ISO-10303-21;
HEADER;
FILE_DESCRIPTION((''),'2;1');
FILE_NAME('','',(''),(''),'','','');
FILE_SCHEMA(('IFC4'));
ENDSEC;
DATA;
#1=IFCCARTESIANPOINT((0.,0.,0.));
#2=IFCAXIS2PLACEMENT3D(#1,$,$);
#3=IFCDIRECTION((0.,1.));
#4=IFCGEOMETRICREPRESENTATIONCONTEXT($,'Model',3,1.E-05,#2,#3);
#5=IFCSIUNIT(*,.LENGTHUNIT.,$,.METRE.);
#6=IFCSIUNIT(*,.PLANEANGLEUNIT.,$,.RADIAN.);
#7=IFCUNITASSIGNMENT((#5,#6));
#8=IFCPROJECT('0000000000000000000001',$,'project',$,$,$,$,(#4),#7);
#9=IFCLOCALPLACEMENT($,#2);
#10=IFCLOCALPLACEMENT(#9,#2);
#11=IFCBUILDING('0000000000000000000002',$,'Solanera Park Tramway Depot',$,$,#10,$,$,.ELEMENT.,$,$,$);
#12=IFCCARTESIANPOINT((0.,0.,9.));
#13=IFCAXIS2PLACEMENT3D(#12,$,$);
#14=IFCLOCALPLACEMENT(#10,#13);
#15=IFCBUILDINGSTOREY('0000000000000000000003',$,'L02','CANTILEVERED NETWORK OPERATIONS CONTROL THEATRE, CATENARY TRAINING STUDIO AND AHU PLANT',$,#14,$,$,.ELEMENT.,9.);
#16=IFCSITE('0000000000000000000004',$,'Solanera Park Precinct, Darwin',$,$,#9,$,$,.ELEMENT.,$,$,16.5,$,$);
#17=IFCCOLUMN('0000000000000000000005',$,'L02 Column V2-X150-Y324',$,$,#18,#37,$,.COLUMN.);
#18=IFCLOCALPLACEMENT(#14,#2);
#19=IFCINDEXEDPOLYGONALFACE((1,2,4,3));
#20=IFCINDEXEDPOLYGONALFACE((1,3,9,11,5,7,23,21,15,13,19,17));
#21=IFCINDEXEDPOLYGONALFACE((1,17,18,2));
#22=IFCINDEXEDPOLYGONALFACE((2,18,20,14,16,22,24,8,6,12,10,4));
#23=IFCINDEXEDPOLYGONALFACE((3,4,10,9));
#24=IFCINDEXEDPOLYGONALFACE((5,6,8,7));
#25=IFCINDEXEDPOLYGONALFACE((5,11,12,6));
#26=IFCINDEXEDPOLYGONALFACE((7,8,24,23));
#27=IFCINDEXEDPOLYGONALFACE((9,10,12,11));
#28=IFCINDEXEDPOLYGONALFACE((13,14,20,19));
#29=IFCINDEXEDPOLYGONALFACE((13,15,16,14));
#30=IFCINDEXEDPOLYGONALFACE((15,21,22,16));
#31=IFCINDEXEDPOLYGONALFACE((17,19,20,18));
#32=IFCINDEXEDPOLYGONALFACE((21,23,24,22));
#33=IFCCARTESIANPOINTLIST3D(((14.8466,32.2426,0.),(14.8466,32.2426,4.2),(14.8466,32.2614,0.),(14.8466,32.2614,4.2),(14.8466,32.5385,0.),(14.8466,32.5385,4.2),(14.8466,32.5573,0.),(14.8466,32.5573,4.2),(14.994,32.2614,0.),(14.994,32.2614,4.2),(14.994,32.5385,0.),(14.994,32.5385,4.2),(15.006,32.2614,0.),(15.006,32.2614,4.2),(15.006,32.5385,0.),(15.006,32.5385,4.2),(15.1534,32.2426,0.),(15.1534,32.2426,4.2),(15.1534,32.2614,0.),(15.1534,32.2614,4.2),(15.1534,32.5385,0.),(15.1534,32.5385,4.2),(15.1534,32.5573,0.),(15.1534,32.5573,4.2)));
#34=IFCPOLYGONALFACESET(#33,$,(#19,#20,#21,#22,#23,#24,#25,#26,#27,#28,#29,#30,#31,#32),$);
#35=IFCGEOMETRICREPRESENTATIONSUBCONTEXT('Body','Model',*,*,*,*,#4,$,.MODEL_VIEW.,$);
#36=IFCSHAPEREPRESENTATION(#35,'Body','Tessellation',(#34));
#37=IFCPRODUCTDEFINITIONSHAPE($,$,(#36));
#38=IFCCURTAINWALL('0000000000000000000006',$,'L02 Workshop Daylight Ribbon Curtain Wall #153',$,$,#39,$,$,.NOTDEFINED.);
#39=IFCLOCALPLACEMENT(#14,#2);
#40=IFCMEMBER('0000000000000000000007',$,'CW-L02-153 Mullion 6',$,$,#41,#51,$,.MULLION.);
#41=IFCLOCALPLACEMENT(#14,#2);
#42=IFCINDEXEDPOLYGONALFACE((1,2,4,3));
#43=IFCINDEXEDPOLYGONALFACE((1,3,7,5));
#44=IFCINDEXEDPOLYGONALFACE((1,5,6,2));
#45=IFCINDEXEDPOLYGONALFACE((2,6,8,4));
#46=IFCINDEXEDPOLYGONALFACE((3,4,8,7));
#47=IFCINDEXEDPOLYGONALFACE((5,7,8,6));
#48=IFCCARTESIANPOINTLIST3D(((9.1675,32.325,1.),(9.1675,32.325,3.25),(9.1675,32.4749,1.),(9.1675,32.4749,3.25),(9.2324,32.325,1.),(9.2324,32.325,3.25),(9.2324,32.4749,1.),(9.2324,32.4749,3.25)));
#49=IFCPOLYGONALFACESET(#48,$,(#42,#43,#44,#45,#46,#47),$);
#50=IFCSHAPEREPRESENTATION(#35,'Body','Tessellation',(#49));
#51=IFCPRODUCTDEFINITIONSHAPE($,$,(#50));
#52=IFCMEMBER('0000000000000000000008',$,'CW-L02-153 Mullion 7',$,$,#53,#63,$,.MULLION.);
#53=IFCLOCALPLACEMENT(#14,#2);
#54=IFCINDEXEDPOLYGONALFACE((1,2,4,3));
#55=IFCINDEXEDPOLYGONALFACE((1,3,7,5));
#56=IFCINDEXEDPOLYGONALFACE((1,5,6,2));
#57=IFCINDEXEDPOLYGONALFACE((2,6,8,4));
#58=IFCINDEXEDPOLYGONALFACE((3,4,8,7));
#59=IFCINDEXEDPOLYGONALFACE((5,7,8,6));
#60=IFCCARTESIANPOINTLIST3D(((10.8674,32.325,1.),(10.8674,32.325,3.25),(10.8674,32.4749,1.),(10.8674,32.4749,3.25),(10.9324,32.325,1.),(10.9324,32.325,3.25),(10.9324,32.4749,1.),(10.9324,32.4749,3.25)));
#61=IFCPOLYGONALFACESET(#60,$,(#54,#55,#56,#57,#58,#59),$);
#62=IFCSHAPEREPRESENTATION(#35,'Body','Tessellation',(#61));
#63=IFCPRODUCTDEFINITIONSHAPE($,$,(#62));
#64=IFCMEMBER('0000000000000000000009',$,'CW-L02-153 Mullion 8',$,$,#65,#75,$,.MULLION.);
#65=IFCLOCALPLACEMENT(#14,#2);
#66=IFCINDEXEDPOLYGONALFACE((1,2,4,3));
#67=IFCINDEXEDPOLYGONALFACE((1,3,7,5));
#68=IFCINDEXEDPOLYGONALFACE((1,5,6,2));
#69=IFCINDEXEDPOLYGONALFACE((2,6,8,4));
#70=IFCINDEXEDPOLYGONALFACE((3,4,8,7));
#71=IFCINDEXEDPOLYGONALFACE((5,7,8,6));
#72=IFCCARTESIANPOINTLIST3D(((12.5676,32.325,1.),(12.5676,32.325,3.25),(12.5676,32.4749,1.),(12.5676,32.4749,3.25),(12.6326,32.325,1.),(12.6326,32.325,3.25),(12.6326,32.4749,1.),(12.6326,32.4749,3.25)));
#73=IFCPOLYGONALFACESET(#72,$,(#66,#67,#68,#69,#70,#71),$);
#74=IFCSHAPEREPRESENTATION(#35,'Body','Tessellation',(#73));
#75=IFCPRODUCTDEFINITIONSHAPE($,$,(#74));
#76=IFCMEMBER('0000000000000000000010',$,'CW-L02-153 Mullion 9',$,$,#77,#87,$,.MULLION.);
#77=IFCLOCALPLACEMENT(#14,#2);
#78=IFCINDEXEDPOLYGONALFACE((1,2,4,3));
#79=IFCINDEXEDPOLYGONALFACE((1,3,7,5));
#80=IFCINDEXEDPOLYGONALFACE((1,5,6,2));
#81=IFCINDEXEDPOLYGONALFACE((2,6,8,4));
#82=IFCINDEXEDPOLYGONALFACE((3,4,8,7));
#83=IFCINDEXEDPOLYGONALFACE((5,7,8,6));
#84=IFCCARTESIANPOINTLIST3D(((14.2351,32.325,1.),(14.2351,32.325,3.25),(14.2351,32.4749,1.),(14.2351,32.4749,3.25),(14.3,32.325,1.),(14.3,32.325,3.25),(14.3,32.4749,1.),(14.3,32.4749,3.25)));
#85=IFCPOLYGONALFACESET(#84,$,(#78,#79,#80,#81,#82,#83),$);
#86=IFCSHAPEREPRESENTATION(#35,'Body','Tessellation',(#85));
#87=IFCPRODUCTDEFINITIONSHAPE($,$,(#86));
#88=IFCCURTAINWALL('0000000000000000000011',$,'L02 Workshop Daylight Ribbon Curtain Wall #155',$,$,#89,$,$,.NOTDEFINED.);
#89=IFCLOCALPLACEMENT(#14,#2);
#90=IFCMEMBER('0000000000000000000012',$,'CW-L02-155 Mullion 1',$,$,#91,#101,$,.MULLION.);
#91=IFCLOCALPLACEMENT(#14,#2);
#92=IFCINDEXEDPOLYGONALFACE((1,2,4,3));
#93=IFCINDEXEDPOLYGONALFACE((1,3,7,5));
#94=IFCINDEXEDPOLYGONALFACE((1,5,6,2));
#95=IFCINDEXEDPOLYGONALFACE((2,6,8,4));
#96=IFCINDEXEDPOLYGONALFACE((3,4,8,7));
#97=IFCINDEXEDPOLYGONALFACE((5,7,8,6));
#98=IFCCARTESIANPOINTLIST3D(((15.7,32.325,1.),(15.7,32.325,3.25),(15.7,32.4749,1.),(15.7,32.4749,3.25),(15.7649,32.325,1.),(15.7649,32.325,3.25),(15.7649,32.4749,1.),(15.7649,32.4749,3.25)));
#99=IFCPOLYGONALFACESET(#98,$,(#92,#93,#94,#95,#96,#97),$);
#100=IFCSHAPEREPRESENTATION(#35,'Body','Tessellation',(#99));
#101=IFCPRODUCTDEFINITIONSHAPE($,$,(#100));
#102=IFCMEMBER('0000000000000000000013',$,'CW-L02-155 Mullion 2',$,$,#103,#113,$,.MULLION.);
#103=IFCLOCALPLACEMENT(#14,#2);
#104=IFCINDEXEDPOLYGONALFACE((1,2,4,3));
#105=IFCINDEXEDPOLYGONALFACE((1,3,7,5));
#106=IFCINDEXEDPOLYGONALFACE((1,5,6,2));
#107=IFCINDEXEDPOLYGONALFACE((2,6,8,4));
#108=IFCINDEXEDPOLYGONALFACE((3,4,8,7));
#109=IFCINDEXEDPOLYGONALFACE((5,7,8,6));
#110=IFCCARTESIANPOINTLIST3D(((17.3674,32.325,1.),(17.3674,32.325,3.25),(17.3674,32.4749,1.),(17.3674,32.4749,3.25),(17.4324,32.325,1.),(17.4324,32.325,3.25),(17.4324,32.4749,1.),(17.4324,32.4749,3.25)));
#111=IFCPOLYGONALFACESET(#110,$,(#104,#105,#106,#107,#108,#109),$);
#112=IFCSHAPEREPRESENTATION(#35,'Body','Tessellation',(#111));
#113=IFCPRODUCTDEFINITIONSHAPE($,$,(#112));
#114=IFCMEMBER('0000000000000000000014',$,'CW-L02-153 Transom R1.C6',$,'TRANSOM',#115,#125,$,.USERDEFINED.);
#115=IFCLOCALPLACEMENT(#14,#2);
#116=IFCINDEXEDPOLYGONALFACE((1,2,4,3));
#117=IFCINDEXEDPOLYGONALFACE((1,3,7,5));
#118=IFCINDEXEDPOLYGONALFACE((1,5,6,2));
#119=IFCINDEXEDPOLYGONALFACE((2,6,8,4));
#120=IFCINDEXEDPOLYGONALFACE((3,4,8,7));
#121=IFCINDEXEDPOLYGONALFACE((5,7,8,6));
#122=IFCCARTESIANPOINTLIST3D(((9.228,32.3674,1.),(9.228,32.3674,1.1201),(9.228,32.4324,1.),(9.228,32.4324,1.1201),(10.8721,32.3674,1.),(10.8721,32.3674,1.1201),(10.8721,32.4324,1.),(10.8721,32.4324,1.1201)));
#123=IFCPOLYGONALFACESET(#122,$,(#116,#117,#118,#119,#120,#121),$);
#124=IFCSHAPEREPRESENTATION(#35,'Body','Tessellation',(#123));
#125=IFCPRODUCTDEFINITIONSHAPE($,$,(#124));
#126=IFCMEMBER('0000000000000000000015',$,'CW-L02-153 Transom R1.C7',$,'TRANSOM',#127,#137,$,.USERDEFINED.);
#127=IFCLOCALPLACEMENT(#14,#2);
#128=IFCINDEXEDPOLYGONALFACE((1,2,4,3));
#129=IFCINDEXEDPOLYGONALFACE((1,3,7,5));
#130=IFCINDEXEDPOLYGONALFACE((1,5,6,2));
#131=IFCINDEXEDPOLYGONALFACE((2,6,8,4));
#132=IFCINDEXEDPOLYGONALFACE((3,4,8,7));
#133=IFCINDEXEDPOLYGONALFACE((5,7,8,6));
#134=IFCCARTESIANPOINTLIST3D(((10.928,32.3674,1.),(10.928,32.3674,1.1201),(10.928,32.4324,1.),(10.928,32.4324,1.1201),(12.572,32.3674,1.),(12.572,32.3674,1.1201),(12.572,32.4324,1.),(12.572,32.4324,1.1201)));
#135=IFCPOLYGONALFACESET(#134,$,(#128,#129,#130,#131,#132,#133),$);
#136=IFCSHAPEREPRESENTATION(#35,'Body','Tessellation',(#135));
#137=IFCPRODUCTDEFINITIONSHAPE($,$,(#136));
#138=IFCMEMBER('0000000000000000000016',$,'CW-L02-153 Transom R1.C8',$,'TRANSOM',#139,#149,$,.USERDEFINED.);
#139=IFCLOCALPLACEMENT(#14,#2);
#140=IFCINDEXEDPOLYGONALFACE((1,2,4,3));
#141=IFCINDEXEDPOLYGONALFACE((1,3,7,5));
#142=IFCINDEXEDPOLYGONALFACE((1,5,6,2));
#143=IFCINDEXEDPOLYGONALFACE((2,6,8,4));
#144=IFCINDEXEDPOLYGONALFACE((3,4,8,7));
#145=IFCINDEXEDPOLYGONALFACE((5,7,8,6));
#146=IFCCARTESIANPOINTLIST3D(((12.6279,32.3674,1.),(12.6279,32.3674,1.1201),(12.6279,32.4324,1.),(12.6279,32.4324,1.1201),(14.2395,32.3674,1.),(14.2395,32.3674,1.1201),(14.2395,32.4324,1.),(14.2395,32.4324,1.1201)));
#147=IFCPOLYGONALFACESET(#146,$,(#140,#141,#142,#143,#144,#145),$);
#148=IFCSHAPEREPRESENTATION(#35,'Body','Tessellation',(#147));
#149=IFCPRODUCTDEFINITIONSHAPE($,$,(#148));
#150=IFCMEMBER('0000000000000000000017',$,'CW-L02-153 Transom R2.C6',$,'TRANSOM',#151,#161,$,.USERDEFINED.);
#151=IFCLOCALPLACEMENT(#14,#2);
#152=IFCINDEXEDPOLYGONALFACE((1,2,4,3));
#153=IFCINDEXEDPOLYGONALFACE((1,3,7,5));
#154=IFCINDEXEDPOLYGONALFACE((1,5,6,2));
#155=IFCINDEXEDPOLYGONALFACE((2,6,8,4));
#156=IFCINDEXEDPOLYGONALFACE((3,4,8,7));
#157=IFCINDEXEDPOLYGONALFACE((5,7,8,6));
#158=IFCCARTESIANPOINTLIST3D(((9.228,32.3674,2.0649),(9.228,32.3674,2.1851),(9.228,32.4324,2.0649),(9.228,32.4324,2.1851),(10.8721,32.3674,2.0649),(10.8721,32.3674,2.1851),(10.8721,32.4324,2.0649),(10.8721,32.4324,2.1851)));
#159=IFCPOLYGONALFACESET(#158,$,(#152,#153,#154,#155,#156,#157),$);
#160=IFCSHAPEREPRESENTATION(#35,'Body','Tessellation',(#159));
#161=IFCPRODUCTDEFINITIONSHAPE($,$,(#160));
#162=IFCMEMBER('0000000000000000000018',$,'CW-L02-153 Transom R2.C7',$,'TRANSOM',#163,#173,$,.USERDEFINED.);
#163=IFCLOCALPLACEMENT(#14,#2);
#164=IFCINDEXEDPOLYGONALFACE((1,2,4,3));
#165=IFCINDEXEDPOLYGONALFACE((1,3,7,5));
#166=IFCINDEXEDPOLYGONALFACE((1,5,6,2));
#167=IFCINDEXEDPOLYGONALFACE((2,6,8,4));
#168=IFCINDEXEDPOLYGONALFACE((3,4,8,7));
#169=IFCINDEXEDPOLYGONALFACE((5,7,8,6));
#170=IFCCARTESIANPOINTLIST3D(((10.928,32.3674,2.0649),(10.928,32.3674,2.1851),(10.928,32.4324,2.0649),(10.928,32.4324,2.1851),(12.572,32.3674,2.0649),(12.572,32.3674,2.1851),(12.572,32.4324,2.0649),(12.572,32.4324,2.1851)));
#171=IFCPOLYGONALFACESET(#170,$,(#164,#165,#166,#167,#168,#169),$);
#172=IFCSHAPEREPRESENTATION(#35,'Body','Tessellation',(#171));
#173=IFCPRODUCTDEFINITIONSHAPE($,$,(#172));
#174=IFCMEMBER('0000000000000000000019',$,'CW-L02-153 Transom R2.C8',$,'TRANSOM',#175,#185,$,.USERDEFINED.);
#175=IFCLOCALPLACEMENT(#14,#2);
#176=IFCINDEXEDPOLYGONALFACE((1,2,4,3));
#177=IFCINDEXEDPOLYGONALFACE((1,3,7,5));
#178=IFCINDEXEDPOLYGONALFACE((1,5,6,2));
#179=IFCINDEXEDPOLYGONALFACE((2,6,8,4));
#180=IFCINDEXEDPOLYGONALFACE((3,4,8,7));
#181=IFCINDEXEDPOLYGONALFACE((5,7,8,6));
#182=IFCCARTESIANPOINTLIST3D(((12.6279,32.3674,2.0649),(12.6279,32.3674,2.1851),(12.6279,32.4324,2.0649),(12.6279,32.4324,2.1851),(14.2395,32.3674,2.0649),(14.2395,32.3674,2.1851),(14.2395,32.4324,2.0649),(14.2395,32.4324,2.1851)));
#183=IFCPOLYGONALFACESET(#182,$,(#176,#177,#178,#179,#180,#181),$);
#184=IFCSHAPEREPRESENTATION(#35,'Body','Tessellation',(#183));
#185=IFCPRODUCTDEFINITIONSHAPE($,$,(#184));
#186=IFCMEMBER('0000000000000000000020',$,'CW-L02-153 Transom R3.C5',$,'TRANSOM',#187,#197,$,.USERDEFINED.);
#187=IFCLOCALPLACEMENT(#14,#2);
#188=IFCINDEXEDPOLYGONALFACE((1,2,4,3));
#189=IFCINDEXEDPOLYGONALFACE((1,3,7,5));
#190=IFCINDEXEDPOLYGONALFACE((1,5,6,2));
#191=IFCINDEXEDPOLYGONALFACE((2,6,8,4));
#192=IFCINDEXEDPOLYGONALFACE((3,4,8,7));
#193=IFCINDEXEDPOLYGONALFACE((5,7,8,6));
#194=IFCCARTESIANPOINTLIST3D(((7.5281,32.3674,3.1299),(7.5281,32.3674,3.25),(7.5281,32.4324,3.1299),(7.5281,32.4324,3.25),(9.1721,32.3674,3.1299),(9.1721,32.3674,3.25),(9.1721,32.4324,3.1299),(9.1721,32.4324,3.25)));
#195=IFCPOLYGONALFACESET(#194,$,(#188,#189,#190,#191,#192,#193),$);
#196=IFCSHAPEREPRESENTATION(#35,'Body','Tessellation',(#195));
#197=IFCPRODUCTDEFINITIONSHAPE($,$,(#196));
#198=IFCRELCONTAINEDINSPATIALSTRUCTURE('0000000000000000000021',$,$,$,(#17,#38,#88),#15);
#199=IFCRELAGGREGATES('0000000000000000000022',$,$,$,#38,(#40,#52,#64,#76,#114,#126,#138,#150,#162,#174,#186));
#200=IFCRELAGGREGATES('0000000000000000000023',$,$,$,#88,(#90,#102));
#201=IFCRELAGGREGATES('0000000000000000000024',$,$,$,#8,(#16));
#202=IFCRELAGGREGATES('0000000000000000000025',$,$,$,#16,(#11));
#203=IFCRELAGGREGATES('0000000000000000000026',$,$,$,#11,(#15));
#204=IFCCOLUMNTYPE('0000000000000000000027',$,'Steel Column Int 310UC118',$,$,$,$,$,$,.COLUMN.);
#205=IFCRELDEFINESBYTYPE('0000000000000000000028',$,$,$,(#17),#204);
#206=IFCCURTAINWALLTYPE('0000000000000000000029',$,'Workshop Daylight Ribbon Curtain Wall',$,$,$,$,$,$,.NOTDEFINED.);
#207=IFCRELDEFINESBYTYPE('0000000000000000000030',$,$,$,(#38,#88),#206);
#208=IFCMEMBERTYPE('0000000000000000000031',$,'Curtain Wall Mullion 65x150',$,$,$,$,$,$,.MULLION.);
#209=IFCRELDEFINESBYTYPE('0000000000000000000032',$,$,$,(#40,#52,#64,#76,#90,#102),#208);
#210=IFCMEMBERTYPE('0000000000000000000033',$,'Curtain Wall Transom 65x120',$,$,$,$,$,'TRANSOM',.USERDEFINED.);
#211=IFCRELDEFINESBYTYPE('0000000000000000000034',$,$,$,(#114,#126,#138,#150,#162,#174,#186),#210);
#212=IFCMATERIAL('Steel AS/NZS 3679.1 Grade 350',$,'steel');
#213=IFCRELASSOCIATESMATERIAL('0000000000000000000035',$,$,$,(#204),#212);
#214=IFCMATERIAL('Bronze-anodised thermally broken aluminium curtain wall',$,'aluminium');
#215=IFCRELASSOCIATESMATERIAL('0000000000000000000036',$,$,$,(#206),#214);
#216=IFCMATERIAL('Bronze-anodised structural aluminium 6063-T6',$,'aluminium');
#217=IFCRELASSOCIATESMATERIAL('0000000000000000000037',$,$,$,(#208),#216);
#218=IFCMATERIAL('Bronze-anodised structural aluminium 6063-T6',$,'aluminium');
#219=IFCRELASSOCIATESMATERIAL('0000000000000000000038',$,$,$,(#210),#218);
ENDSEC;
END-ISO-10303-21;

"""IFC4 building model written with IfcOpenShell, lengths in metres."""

from ifc_helpers import new_model, si_unit, direction, frame, origin, origin_2d, place, context, subcontext, project, spatial, rectangle, i_section, extrude, material, material_profile, profile_set, type_object, element, aggregate, save


model = new_model("IFC4")

# Units and contexts
model_context = context("Model", 3, precision=1e-05, world=origin(), true_north=direction((0.0, 1.0)))
body_context = subcontext(model_context, "Body", "Model", "MODEL_VIEW")
ifc_project = project(units=[si_unit("LENGTHUNIT", "METRE"), si_unit("PLANEANGLEUNIT", "RADIAN")], contexts=[model_context])

# Site, building, storey
site_placement = place(None, origin())
site = spatial("IfcSite", under=ifc_project, at=site_placement, Name="Solanera Park Precinct, Darwin", CompositionType="ELEMENT", RefElevation=16.5)
building_placement = place(site_placement, origin())
building = spatial("IfcBuilding", under=site, at=building_placement, Name="Solanera Park Tramway Depot", CompositionType="ELEMENT")
storey_placement = place(building_placement, frame((0.0, 0.0, 9.0)))
storey = spatial("IfcBuildingStorey", under=building, at=storey_placement, Name="L02", Description="CANTILEVERED NETWORK OPERATIONS CONTROL THEATRE, CATENARY TRAINING STUDIO AND AHU PLANT", CompositionType="ELEMENT", Elevation=9.0)

# Column
ifc_material_1 = material(Name="Steel AS/NZS 3679.1 Grade 350", Category="steel")
ifc_material_profile_1 = material_profile(ifc_material_1, i_section(OverallWidth=0.3069, OverallDepth=0.3147, WebThickness=0.012, FlangeThickness=0.0188, at=origin_2d()), Name="310UC118")
ifc_profile_set_1 = profile_set([ifc_material_profile_1], Name="Steel AS/NZS 3679.1 Grade 350")
column_type = type_object("IfcColumnType", Name="Steel Column Int 310UC118", PredefinedType="COLUMN", material=ifc_profile_set_1)
column_placement = place(storey_placement, frame((15.0, 32.3999, 0.0), z_axis=(0.0, 0.0, 1.0), x_axis=(1.0, 0.0, 0.0)))
element("IfcColumn", 1, at=column_placement, inside=storey, type_object=column_type, Name="L02 Column V2-X150-Y324", PredefinedType="COLUMN", context=body_context, shape_type="SweptSolid", body=[
    extrude(i_section(OverallWidth=0.3069, OverallDepth=0.3147, WebThickness=0.012, FlangeThickness=0.0188, at=origin_2d()), origin(), (0.0, 0.0, 1.0), 4.2),
])

# Curtain walls, members
ifc_material_2 = material(Name="Bronze-anodised thermally broken aluminium curtain wall", Category="aluminium")
curtain_wall_type = type_object("IfcCurtainWallType", Name="Workshop Daylight Ribbon Curtain Wall", PredefinedType="NOTDEFINED", material=ifc_material_2)
curtain_wall_1_placement = place(storey_placement, origin())
curtain_wall_1 = element("IfcCurtainWall", 2, at=curtain_wall_1_placement, inside=storey, type_object=curtain_wall_type, Name="L02 Workshop Daylight Ribbon Curtain Wall #153", PredefinedType="NOTDEFINED")
ifc_material_3 = material(Name="Bronze-anodised structural aluminium 6063-T6", Category="aluminium")
ifc_material_profile_2 = material_profile(ifc_material_3, rectangle(XDim=0.0649, YDim=0.1499, at=origin_2d()), Name="Curtain Wall Mullion 65x150")
ifc_profile_set_2 = profile_set([ifc_material_profile_2], Name="Bronze-anodised structural aluminium 6063-T6")
member_type_1 = type_object("IfcMemberType", Name="Curtain Wall Mullion 65x150", PredefinedType="MULLION", material=ifc_profile_set_2)
member_1_placement = place(storey_placement, frame((9.2, 32.3999, 1.0), z_axis=(0.0, 0.0, 1.0), x_axis=(1.0, 0.0, 0.0)))
member_1 = element("IfcMember", 3, at=member_1_placement, type_object=member_type_1, Name="CW-L02-153 Mullion 6", PredefinedType="MULLION", context=body_context, shape_type="SweptSolid", body=[
    extrude(rectangle(XDim=0.0649, YDim=0.1499, at=origin_2d()), origin(), (0.0, 0.0, 1.0), 2.25),
])
member_2_placement = place(storey_placement, frame((10.8999, 32.3999, 1.0), z_axis=(0.0, 0.0, 1.0), x_axis=(1.0, 0.0, 0.0)))
member_2 = element("IfcMember", 4, at=member_2_placement, type_object=member_type_1, Name="CW-L02-153 Mullion 7", PredefinedType="MULLION", context=body_context, shape_type="SweptSolid", body=[
    extrude(rectangle(XDim=0.0649, YDim=0.1499, at=origin_2d()), origin(), (0.0, 0.0, 1.0), 2.25),
])
member_3_placement = place(storey_placement, frame((12.6001, 32.3999, 1.0), z_axis=(0.0, 0.0, 1.0), x_axis=(1.0, 0.0, 0.0)))
member_3 = element("IfcMember", 5, at=member_3_placement, type_object=member_type_1, Name="CW-L02-153 Mullion 8", PredefinedType="MULLION", context=body_context, shape_type="SweptSolid", body=[
    extrude(rectangle(XDim=0.0649, YDim=0.1499, at=origin_2d()), origin(), (0.0, 0.0, 1.0), 2.25),
])
member_4_placement = place(storey_placement, frame((14.2676, 32.3999, 1.0), z_axis=(0.0, 0.0, 1.0), x_axis=(1.0, 0.0, 0.0)))
member_4 = element("IfcMember", 6, at=member_4_placement, type_object=member_type_1, Name="CW-L02-153 Mullion 9", PredefinedType="MULLION", context=body_context, shape_type="SweptSolid", body=[
    extrude(rectangle(XDim=0.0649, YDim=0.1499, at=origin_2d()), origin(), (0.0, 0.0, 1.0), 2.25),
])
curtain_wall_2_placement = place(storey_placement, origin())
curtain_wall_2 = element("IfcCurtainWall", 7, at=curtain_wall_2_placement, inside=storey, type_object=curtain_wall_type, Name="L02 Workshop Daylight Ribbon Curtain Wall #155", PredefinedType="NOTDEFINED")
member_5_placement = place(storey_placement, frame((15.7324, 32.3999, 1.0), z_axis=(0.0, 0.0, 1.0), x_axis=(1.0, 0.0, 0.0)))
member_5 = element("IfcMember", 8, at=member_5_placement, type_object=member_type_1, Name="CW-L02-155 Mullion 1", PredefinedType="MULLION", context=body_context, shape_type="SweptSolid", body=[
    extrude(rectangle(XDim=0.0649, YDim=0.1499, at=origin_2d()), origin(), (0.0, 0.0, 1.0), 2.25),
])
member_6_placement = place(storey_placement, frame((17.3999, 32.3999, 1.0), z_axis=(0.0, 0.0, 1.0), x_axis=(1.0, 0.0, 0.0)))
member_6 = element("IfcMember", 9, at=member_6_placement, type_object=member_type_1, Name="CW-L02-155 Mullion 2", PredefinedType="MULLION", context=body_context, shape_type="SweptSolid", body=[
    extrude(rectangle(XDim=0.0649, YDim=0.1499, at=origin_2d()), origin(), (0.0, 0.0, 1.0), 2.25),
])

# Members
ifc_material_4 = material(Name="Bronze-anodised structural aluminium 6063-T6", Category="aluminium")
ifc_material_profile_3 = material_profile(ifc_material_4, rectangle(XDim=0.0649, YDim=0.1201, at=origin_2d()), Name="Curtain Wall Transom 65x120")
ifc_profile_set_3 = profile_set([ifc_material_profile_3], Name="Bronze-anodised structural aluminium 6063-T6")
member_type_2 = type_object("IfcMemberType", Name="Curtain Wall Transom 65x120", ElementType="TRANSOM", PredefinedType="USERDEFINED", material=ifc_profile_set_3)
member_7_placement = place(storey_placement, frame((9.228, 32.3999, 1.0601), z_axis=(1.0, 0.0, 0.0), x_axis=(0.0, 1.0, 0.0)))
member_7 = element("IfcMember", 10, at=member_7_placement, type_object=member_type_2, Name="CW-L02-153 Transom R1.C6", ObjectType="TRANSOM", PredefinedType="USERDEFINED", context=body_context, shape_type="SweptSolid", body=[
    extrude(rectangle(XDim=0.0649, YDim=0.1201, at=origin_2d()), origin(), (0.0, 0.0, 1.0), 1.644),
])
member_8_placement = place(storey_placement, frame((10.928, 32.3999, 1.0601), z_axis=(1.0, 0.0, 0.0), x_axis=(0.0, 1.0, 0.0)))
member_8 = element("IfcMember", 11, at=member_8_placement, type_object=member_type_2, Name="CW-L02-153 Transom R1.C7", ObjectType="TRANSOM", PredefinedType="USERDEFINED", context=body_context, shape_type="SweptSolid", body=[
    extrude(rectangle(XDim=0.0649, YDim=0.1201, at=origin_2d()), origin(), (0.0, 0.0, 1.0), 1.644),
])
member_9_placement = place(storey_placement, frame((12.6279, 32.3999, 1.0601), z_axis=(1.0, 0.0, 0.0), x_axis=(0.0, 1.0, 0.0)))
member_9 = element("IfcMember", 12, at=member_9_placement, type_object=member_type_2, Name="CW-L02-153 Transom R1.C8", ObjectType="TRANSOM", PredefinedType="USERDEFINED", context=body_context, shape_type="SweptSolid", body=[
    extrude(rectangle(XDim=0.0649, YDim=0.1201, at=origin_2d()), origin(), (0.0, 0.0, 1.0), 1.6116),
])
member_10_placement = place(storey_placement, frame((9.228, 32.3999, 2.125), z_axis=(1.0, 0.0, 0.0), x_axis=(0.0, 1.0, 0.0)))
member_10 = element("IfcMember", 13, at=member_10_placement, type_object=member_type_2, Name="CW-L02-153 Transom R2.C6", ObjectType="TRANSOM", PredefinedType="USERDEFINED", context=body_context, shape_type="SweptSolid", body=[
    extrude(rectangle(XDim=0.0649, YDim=0.1201, at=origin_2d()), origin(), (0.0, 0.0, 1.0), 1.644),
])
member_11_placement = place(storey_placement, frame((10.928, 32.3999, 2.125), z_axis=(1.0, 0.0, 0.0), x_axis=(0.0, 1.0, 0.0)))
member_11 = element("IfcMember", 14, at=member_11_placement, type_object=member_type_2, Name="CW-L02-153 Transom R2.C7", ObjectType="TRANSOM", PredefinedType="USERDEFINED", context=body_context, shape_type="SweptSolid", body=[
    extrude(rectangle(XDim=0.0649, YDim=0.1201, at=origin_2d()), origin(), (0.0, 0.0, 1.0), 1.644),
])
member_12_placement = place(storey_placement, frame((12.6279, 32.3999, 2.125), z_axis=(1.0, 0.0, 0.0), x_axis=(0.0, 1.0, 0.0)))
member_12 = element("IfcMember", 15, at=member_12_placement, type_object=member_type_2, Name="CW-L02-153 Transom R2.C8", ObjectType="TRANSOM", PredefinedType="USERDEFINED", context=body_context, shape_type="SweptSolid", body=[
    extrude(rectangle(XDim=0.0649, YDim=0.1201, at=origin_2d()), origin(), (0.0, 0.0, 1.0), 1.6116),
])
member_13_placement = place(storey_placement, frame((7.5281, 32.3999, 3.1899), z_axis=(1.0, 0.0, 0.0), x_axis=(0.0, 1.0, 0.0)))
member_13 = element("IfcMember", 16, at=member_13_placement, type_object=member_type_2, Name="CW-L02-153 Transom R3.C5", ObjectType="TRANSOM", PredefinedType="USERDEFINED", context=body_context, shape_type="SweptSolid", body=[
    extrude(rectangle(XDim=0.0649, YDim=0.1201, at=origin_2d()), origin(), (0.0, 0.0, 1.0), 1.644),
])

aggregate(curtain_wall_1, [member_1, member_2, member_3, member_4, member_7, member_8, member_9, member_10, member_11, member_12, member_13])
aggregate(curtain_wall_2, [member_5, member_6])

save(model, "model.ifc")
